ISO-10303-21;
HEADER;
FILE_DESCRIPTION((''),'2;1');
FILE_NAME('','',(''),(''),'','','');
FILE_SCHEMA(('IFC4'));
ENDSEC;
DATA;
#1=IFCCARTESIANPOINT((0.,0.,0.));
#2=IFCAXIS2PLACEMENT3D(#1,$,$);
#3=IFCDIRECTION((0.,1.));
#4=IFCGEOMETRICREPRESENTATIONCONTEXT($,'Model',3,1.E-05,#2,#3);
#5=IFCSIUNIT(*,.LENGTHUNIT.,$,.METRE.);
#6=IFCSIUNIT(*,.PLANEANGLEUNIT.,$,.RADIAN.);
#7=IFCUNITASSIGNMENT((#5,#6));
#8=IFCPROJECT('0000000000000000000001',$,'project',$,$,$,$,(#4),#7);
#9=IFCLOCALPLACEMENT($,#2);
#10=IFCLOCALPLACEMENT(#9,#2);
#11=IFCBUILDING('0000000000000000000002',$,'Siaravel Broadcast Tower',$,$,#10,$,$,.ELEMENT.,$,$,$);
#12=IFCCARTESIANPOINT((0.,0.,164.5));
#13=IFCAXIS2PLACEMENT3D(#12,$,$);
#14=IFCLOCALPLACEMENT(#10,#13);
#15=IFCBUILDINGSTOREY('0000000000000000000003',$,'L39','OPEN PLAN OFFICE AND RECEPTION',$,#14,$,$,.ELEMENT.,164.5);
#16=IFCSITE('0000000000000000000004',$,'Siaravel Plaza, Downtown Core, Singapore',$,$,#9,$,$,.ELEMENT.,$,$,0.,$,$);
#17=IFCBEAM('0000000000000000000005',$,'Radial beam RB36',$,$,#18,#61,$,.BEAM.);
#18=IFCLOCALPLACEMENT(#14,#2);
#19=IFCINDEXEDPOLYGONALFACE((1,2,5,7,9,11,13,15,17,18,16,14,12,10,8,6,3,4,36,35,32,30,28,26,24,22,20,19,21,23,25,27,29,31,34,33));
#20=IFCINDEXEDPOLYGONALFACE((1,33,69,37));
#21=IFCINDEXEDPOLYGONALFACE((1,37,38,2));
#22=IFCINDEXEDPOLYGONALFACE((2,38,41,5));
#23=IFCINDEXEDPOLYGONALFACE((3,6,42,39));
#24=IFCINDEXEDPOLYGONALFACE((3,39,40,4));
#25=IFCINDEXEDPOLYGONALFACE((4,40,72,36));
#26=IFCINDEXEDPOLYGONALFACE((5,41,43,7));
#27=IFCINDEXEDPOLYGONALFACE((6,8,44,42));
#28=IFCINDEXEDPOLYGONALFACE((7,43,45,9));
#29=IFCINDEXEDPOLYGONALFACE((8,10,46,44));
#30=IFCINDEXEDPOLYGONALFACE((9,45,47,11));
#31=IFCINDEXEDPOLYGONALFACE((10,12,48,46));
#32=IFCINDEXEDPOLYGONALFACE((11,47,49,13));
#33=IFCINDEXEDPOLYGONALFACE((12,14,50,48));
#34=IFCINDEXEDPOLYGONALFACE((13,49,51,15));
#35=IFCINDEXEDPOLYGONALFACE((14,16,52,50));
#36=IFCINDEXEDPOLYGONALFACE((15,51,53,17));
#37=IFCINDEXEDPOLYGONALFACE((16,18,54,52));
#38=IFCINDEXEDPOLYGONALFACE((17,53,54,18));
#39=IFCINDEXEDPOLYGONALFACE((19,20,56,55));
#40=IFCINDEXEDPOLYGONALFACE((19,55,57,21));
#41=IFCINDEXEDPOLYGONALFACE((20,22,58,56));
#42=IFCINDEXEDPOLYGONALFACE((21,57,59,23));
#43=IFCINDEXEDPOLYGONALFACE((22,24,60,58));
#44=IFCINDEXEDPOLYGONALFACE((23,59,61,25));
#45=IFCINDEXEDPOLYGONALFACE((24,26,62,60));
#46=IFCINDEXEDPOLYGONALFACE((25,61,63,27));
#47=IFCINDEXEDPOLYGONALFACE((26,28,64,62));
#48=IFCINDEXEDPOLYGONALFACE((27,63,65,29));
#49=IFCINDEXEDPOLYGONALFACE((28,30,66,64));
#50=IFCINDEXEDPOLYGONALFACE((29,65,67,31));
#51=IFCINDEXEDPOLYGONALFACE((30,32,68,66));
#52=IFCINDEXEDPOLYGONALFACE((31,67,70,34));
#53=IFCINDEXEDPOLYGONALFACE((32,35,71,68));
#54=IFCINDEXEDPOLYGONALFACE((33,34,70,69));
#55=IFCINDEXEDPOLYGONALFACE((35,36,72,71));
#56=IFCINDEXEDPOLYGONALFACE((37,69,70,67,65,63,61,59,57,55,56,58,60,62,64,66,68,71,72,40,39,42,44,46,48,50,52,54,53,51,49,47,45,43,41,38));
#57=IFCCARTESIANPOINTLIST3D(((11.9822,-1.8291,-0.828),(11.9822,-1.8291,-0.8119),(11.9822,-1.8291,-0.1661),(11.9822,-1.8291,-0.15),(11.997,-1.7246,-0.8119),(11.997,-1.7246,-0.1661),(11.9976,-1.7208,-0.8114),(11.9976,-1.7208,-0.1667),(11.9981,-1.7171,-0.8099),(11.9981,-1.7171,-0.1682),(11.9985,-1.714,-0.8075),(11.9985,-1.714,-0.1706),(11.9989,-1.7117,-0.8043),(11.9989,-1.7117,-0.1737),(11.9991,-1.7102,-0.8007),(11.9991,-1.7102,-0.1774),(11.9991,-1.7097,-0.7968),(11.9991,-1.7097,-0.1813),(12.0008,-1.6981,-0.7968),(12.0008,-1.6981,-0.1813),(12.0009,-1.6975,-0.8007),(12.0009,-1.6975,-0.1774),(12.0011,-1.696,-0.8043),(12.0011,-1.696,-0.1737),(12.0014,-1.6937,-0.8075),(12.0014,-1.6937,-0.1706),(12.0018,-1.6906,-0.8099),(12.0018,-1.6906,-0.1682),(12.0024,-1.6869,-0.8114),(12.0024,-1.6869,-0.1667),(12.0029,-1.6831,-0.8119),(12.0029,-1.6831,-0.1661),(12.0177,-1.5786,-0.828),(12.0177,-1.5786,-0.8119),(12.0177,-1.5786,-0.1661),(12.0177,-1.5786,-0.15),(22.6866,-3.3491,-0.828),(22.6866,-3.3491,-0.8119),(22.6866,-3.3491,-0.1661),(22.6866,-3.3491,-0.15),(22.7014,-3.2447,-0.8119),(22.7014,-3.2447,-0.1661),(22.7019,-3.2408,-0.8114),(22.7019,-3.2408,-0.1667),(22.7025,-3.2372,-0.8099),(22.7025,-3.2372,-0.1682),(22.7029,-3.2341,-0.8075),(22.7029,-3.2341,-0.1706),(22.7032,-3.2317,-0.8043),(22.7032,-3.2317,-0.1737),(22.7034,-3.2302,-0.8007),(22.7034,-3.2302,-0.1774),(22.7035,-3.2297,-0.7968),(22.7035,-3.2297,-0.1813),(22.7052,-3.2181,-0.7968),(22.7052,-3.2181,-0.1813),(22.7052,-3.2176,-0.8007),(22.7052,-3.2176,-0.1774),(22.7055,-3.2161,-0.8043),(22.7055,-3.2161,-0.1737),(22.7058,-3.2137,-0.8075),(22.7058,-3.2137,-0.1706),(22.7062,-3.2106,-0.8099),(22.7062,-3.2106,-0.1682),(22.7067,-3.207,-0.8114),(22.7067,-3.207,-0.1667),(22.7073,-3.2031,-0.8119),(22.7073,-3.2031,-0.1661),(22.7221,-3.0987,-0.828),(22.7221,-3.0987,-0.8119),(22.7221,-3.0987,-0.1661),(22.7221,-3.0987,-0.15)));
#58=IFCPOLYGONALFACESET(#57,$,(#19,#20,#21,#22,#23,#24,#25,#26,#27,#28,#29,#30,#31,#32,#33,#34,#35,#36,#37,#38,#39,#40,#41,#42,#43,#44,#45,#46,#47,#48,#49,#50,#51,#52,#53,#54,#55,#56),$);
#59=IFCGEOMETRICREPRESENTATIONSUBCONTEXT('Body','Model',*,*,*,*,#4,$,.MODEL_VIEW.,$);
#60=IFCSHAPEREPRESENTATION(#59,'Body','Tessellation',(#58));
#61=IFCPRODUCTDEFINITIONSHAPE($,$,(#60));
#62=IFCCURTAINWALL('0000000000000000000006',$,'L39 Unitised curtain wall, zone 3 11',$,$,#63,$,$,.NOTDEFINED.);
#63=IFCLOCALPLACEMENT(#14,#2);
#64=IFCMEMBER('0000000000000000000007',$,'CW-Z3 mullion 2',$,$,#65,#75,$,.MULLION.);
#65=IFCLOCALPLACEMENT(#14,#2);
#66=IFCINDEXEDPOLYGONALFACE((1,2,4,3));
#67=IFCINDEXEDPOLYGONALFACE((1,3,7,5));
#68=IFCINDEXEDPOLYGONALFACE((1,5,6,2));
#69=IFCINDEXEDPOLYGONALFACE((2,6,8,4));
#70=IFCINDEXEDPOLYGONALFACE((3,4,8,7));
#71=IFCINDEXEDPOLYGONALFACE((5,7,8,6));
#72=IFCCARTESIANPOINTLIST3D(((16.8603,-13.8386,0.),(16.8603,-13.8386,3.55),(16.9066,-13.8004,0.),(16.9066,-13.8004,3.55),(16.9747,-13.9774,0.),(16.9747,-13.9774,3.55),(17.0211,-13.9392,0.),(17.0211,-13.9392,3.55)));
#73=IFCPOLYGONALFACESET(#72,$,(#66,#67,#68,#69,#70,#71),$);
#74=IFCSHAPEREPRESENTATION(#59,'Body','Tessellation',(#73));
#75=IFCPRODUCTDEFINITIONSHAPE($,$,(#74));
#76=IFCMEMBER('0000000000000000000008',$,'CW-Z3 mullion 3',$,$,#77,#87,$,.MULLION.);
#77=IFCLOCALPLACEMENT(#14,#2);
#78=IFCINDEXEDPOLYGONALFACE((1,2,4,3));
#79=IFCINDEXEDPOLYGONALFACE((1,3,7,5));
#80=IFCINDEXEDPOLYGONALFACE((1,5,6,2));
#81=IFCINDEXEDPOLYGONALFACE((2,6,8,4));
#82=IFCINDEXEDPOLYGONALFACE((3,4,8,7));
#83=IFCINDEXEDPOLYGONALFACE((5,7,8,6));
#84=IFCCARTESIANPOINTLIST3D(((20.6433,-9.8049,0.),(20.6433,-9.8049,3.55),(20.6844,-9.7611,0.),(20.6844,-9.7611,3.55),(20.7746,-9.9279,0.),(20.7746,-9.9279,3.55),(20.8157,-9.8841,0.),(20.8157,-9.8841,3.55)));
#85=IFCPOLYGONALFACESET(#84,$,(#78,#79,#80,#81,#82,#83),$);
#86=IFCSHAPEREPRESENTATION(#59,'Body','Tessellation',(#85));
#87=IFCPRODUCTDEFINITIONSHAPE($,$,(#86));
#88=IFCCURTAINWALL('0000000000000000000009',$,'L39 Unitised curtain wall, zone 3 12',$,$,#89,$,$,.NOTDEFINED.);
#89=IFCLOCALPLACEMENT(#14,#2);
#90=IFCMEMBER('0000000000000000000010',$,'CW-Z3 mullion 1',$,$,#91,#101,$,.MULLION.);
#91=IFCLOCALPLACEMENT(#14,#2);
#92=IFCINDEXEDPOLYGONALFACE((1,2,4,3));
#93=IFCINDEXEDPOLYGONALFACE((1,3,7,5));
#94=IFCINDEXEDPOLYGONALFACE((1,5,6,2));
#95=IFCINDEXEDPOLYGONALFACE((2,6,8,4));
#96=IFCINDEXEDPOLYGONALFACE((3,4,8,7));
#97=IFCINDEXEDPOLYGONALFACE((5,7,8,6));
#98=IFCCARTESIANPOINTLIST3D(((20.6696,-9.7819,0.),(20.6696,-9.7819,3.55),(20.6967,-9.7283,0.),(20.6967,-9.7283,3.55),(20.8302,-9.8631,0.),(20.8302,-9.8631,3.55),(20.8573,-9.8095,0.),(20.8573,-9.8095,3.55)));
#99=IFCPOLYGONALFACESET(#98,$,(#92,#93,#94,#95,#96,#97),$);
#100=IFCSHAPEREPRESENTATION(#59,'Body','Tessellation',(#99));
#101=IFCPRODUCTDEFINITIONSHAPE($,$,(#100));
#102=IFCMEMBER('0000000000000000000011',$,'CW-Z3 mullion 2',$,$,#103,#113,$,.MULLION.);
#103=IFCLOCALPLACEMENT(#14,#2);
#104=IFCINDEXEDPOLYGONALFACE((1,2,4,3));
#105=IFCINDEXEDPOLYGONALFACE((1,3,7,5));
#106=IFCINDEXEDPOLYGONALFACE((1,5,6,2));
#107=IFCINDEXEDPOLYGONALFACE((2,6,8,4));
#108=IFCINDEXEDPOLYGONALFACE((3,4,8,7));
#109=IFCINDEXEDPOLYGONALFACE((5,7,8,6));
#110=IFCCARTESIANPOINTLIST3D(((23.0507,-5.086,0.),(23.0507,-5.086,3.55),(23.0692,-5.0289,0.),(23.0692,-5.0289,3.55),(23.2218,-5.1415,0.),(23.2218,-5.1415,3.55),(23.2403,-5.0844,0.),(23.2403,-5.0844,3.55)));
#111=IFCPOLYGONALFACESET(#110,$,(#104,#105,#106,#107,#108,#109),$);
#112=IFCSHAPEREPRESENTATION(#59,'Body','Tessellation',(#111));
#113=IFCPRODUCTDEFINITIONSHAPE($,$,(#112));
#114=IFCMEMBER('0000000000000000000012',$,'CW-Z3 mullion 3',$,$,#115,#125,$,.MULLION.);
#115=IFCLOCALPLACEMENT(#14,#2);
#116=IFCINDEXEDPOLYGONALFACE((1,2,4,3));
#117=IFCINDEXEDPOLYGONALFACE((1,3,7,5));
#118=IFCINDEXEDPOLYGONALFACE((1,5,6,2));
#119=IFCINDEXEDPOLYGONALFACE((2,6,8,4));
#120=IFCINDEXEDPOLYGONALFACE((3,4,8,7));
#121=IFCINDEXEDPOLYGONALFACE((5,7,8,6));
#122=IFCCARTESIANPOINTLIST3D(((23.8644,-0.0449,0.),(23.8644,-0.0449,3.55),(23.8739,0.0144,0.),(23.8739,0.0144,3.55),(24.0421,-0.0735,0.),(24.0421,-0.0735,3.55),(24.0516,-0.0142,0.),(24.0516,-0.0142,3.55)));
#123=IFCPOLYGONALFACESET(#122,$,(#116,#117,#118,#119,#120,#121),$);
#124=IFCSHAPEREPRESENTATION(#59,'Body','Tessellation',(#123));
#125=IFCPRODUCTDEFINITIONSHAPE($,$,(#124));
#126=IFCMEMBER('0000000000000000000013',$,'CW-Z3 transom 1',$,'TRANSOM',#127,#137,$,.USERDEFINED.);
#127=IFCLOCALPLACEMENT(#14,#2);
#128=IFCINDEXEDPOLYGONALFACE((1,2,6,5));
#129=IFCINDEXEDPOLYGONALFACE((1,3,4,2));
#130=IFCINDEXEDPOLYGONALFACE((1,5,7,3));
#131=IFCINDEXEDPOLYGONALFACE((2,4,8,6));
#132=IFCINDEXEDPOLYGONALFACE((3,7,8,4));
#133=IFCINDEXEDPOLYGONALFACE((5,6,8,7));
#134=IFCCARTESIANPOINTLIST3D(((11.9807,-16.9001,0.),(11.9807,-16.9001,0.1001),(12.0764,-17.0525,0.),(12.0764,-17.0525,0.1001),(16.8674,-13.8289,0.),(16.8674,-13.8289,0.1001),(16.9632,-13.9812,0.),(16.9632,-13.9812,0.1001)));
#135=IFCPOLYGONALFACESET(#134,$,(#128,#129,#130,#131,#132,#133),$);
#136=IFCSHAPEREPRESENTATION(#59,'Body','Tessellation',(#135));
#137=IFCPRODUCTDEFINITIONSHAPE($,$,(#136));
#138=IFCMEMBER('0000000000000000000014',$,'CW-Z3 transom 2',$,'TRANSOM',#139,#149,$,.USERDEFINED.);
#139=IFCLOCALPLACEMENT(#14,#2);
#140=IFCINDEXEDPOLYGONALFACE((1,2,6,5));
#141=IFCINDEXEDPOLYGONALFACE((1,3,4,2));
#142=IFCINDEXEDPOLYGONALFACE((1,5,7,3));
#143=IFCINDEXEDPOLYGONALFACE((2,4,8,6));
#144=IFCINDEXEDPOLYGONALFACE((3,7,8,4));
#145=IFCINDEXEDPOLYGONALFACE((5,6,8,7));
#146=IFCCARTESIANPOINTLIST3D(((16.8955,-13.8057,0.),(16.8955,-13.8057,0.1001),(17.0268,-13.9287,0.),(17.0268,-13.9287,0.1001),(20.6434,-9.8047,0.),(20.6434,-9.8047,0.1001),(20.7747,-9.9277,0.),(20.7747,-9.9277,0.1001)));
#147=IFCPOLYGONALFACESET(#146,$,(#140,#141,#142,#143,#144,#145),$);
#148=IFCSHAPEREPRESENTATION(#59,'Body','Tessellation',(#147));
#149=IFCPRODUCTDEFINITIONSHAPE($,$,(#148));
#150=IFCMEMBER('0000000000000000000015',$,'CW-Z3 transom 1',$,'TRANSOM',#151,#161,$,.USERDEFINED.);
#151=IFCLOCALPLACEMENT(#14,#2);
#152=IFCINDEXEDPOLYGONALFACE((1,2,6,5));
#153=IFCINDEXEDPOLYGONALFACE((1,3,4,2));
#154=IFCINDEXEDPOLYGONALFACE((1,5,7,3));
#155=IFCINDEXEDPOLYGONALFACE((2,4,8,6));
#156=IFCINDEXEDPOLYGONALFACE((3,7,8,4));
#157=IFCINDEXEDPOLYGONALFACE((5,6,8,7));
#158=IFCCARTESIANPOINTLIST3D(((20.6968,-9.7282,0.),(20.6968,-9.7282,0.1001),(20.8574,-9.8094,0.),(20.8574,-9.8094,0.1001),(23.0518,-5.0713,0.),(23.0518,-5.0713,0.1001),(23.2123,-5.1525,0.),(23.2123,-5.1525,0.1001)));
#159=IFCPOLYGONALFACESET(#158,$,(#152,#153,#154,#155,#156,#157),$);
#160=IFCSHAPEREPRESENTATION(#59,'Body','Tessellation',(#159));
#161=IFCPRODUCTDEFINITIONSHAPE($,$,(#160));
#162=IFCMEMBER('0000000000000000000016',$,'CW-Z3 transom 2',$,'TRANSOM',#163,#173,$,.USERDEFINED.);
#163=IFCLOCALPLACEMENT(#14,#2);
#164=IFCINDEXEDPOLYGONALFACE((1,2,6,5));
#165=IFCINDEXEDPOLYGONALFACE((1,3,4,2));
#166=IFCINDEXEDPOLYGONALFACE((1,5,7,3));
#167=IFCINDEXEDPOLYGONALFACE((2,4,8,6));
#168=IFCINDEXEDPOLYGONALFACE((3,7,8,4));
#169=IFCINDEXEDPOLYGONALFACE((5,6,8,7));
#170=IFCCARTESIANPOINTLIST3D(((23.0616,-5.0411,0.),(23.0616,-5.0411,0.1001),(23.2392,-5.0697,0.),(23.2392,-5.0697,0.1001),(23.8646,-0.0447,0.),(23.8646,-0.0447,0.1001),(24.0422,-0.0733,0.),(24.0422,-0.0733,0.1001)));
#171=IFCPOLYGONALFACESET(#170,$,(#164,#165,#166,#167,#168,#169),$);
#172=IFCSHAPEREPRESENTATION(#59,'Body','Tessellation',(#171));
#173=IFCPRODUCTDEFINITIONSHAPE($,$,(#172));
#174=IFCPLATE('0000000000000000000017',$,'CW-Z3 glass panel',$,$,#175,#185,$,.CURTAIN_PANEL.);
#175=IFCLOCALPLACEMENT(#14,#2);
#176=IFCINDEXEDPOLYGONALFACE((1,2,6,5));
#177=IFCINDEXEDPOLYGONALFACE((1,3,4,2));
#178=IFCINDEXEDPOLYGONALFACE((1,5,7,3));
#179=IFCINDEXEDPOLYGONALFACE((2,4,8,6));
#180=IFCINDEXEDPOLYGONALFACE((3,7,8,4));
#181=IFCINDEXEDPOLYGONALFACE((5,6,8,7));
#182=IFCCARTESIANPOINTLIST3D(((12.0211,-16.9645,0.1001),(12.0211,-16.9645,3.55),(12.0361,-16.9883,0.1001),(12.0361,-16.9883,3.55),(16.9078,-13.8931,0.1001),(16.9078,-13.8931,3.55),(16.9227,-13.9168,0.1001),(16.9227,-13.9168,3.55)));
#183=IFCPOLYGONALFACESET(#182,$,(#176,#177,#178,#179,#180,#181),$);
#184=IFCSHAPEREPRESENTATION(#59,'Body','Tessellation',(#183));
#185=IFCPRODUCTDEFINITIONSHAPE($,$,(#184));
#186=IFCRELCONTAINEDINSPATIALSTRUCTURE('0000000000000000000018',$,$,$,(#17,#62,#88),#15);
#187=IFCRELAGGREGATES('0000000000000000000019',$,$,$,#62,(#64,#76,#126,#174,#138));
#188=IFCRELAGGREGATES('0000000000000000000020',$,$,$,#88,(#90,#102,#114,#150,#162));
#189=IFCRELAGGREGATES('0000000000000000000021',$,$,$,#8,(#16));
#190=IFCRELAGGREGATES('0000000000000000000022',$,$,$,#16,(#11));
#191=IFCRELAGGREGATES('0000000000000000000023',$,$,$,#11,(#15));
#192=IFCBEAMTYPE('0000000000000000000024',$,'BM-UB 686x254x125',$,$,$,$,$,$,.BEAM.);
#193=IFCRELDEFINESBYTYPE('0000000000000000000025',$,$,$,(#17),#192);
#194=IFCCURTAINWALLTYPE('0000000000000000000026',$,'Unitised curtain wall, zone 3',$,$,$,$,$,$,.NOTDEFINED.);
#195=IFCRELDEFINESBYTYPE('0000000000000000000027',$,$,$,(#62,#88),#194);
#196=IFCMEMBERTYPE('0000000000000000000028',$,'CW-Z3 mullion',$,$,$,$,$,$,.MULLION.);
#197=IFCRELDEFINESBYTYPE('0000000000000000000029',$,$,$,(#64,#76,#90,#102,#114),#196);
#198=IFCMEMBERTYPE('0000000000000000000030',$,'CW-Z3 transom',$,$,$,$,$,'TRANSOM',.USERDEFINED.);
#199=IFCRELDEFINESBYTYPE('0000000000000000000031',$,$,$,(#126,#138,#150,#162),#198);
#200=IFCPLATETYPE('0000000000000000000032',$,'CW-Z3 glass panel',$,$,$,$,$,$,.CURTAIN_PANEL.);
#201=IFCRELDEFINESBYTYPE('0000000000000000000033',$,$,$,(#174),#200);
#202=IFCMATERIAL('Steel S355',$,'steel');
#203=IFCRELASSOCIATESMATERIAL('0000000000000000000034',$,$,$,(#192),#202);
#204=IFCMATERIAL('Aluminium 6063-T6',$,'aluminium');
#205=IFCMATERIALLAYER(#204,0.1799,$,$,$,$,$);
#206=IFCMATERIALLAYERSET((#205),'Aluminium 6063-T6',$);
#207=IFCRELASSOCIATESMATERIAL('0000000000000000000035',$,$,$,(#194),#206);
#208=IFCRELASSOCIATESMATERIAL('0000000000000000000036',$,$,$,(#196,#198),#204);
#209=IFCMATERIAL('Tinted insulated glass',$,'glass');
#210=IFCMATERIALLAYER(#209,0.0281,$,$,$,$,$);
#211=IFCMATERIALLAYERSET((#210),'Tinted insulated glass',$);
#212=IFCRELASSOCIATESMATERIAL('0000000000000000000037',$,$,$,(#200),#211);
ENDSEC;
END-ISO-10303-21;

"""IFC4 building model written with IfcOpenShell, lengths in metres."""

from ifc_helpers import new_model, si_unit, direction, frame, origin, origin_2d, place, context, subcontext, project, spatial, rectangle, i_section, extrude, material, layer, layer_set, material_profile, profile_set, type_object, element, aggregate, save


model = new_model("IFC4")

# Units and contexts
model_context = context("Model", 3, precision=1e-05, world=origin(), true_north=direction((0.0, 1.0)))
body_context = subcontext(model_context, "Body", "Model", "MODEL_VIEW")
ifc_project = project(units=[si_unit("LENGTHUNIT", "METRE"), si_unit("PLANEANGLEUNIT", "RADIAN")], contexts=[model_context])

# Site, building, storey
site_placement = place(None, origin())
site = spatial("IfcSite", under=ifc_project, at=site_placement, Name="Siaravel Plaza, Downtown Core, Singapore", CompositionType="ELEMENT", RefElevation=0.0)
building_placement = place(site_placement, origin())
building = spatial("IfcBuilding", under=site, at=building_placement, Name="Siaravel Broadcast Tower", CompositionType="ELEMENT")
storey_placement = place(building_placement, frame((0.0, 0.0, 164.5)))
storey = spatial("IfcBuildingStorey", under=building, at=storey_placement, Name="L39", Description="OPEN PLAN OFFICE AND RECEPTION", CompositionType="ELEMENT", Elevation=164.5)

# Beam
ifc_material_1 = material(Name="Steel S355", Category="steel")
ifc_material_profile_1 = material_profile(ifc_material_1, i_section(OverallWidth=0.2529, OverallDepth=0.678, WebThickness=0.0117, FlangeThickness=0.0161, FilletRadius=0.0151, at=origin_2d()))
ifc_profile_set_1 = profile_set([ifc_material_profile_1], Name="Steel S355")
beam_type = type_object("IfcBeamType", Name="BM-UB 686x254x125", PredefinedType="BEAM", material=ifc_profile_set_1)
beam_1_placement = place(storey_placement, frame((22.7043, -3.2239, -0.489), z_axis=(-0.990068, 0.14059, 0.0), x_axis=(-0.14059, -0.990068, 0.0)))
element("IfcBeam", 1, at=beam_1_placement, inside=storey, type_object=beam_type, Name="Radial beam RB36", PredefinedType="BEAM", context=body_context, shape_type="SweptSolid", body=[
    extrude(i_section(OverallWidth=0.2529, OverallDepth=0.678, WebThickness=0.0117, FlangeThickness=0.0161, FilletRadius=0.0151, at=origin_2d()), origin(), (0.0, 0.0, 1.0), 10.8118),
])

# Curtain walls, members
ifc_material_2 = material(Name="Aluminium 6063-T6", Category="aluminium")
ifc_layer_1 = layer(ifc_material_2, 0.1799)
ifc_layer_set_1 = layer_set([ifc_layer_1], Name="Aluminium 6063-T6")
curtain_wall_type = type_object("IfcCurtainWallType", Name="Unitised curtain wall, zone 3", PredefinedType="NOTDEFINED", material=ifc_layer_set_1)
curtain_wall_1_placement = place(storey_placement, origin())
curtain_wall_1 = element("IfcCurtainWall", 2, at=curtain_wall_1_placement, inside=storey, type_object=curtain_wall_type, Name="L39 Unitised curtain wall, zone 3 11", PredefinedType="NOTDEFINED")
ifc_material_profile_2 = material_profile(ifc_material_2, rectangle(XDim=0.1799, YDim=0.0601, at=origin_2d()))
ifc_profile_set_2 = profile_set([ifc_material_profile_2], Name="Aluminium 6063-T6")
member_type_1 = type_object("IfcMemberType", Name="CW-Z3 mullion", PredefinedType="MULLION", material=ifc_profile_set_2)
member_1_placement = place(storey_placement, frame((16.9407, -13.8889, 0.0), z_axis=(0.0, 0.0, 1.0), x_axis=(-0.63622, 0.771508, 0.0)))
member_1 = element("IfcMember", 3, at=member_1_placement, type_object=member_type_1, Name="CW-Z3 mullion 2", PredefinedType="MULLION", context=body_context, shape_type="SweptSolid", body=[
    extrude(rectangle(XDim=0.1799, YDim=0.0601, at=origin_2d()), origin(), (0.0, 0.0, 1.0), 3.55),
])
member_2_placement = place(storey_placement, frame((20.7295, -9.8445, 0.0), z_axis=(0.0, 0.0, 1.0), x_axis=(-0.729806, 0.683654, 0.0)))
member_2 = element("IfcMember", 4, at=member_2_placement, type_object=member_type_1, Name="CW-Z3 mullion 3", PredefinedType="MULLION", context=body_context, shape_type="SweptSolid", body=[
    extrude(rectangle(XDim=0.1799, YDim=0.0601, at=origin_2d()), origin(), (0.0, 0.0, 1.0), 3.55),
])
curtain_wall_2_placement = place(storey_placement, origin())
curtain_wall_2 = element("IfcCurtainWall", 5, at=curtain_wall_2_placement, inside=storey, type_object=curtain_wall_type, Name="L39 Unitised curtain wall, zone 3 12", PredefinedType="NOTDEFINED")
member_3_placement = place(storey_placement, frame((20.7634, -9.7957, 0.0), z_axis=(0.0, 0.0, 1.0), x_axis=(-0.892393, 0.45126, 0.0)))
member_3 = element("IfcMember", 6, at=member_3_placement, type_object=member_type_1, Name="CW-Z3 mullion 1", PredefinedType="MULLION", context=body_context, shape_type="SweptSolid", body=[
    extrude(rectangle(XDim=0.1799, YDim=0.0601, at=origin_2d()), origin(), (0.0, 0.0, 1.0), 3.55),
])
member_4_placement = place(storey_placement, frame((23.1455, -5.0852, 0.0), z_axis=(0.0, 0.0, 1.0), x_axis=(-0.951177, 0.308645, 0.0)))
member_4 = element("IfcMember", 7, at=member_4_placement, type_object=member_type_1, Name="CW-Z3 mullion 2", PredefinedType="MULLION", context=body_context, shape_type="SweptSolid", body=[
    extrude(rectangle(XDim=0.1799, YDim=0.0601, at=origin_2d()), origin(), (0.0, 0.0, 1.0), 3.55),
])
member_5_placement = place(storey_placement, frame((23.958, -0.0295, 0.0), z_axis=(0.0, 0.0, 1.0), x_axis=(-0.987329, 0.158685, 0.0)))
member_5 = element("IfcMember", 8, at=member_5_placement, type_object=member_type_1, Name="CW-Z3 mullion 3", PredefinedType="MULLION", context=body_context, shape_type="SweptSolid", body=[
    extrude(rectangle(XDim=0.1799, YDim=0.0601, at=origin_2d()), origin(), (0.0, 0.0, 1.0), 3.55),
])

# Members
ifc_material_profile_3 = material_profile(ifc_material_2, rectangle(XDim=0.1799, YDim=0.1001, at=origin_2d()))
ifc_profile_set_3 = profile_set([ifc_material_profile_3], Name="Aluminium 6063-T6")
member_type_2 = type_object("IfcMemberType", Name="CW-Z3 transom", ElementType="TRANSOM", PredefinedType="USERDEFINED", material=ifc_profile_set_3)
member_6_placement = place(storey_placement, frame((12.0286, -16.9763, 0.05), z_axis=(0.846665, 0.532126, 0.0), x_axis=(-0.532126, 0.846665, 0.0)))
member_6 = element("IfcMember", 9, at=member_6_placement, type_object=member_type_2, Name="CW-Z3 transom 1", ObjectType="TRANSOM", PredefinedType="USERDEFINED", context=body_context, shape_type="SweptSolid", body=[
    extrude(rectangle(XDim=0.1799, YDim=0.1001, at=origin_2d()), origin(), (0.0, 0.0, 1.0), 5.7717),
])
member_7_placement = place(storey_placement, frame((16.9612, -13.8672, 0.05), z_axis=(0.683639, 0.72982, 0.0), x_axis=(-0.72982, 0.683639, 0.0)))
member_7 = element("IfcMember", 10, at=member_7_placement, type_object=member_type_2, Name="CW-Z3 transom 2", ObjectType="TRANSOM", PredefinedType="USERDEFINED", context=body_context, shape_type="SweptSolid", body=[
    extrude(rectangle(XDim=0.1799, YDim=0.1001, at=origin_2d()), origin(), (0.0, 0.0, 1.0), 5.4822),
])
member_8_placement = place(storey_placement, frame((20.7771, -9.7688, 0.05), z_axis=(0.45127, 0.892388, 0.0), x_axis=(-0.892388, 0.45127, 0.0)))
member_8 = element("IfcMember", 11, at=member_8_placement, type_object=member_type_2, Name="CW-Z3 transom 1", ObjectType="TRANSOM", PredefinedType="USERDEFINED", context=body_context, shape_type="SweptSolid", body=[
    extrude(rectangle(XDim=0.1799, YDim=0.1001, at=origin_2d()), origin(), (0.0, 0.0, 1.0), 5.2185),
])
member_9_placement = place(storey_placement, frame((23.1504, -5.0554, 0.05), z_axis=(0.158677, 0.987331, 0.0), x_axis=(-0.987331, 0.158677, 0.0)))
member_9 = element("IfcMember", 12, at=member_9_placement, type_object=member_type_2, Name="CW-Z3 transom 2", ObjectType="TRANSOM", PredefinedType="USERDEFINED", context=body_context, shape_type="SweptSolid", body=[
    extrude(rectangle(XDim=0.1799, YDim=0.1001, at=origin_2d()), origin(), (0.0, 0.0, 1.0), 5.0605),
])

# Plate
ifc_material_3 = material(Name="Tinted insulated glass", Category="glass")
ifc_layer_2 = layer(ifc_material_3, 0.0281)
ifc_layer_set_2 = layer_set([ifc_layer_2], Name="Tinted insulated glass")
plate_type = type_object("IfcPlateType", Name="CW-Z3 glass panel", PredefinedType="CURTAIN_PANEL", material=ifc_layer_set_2)
plate_1_placement = place(storey_placement, frame((14.4719, -15.4407, 0.1001), z_axis=(0.0, 0.0, 1.0), x_axis=(0.84665, 0.53215, 0.0)))
plate_1 = element("IfcPlate", 13, at=plate_1_placement, type_object=plate_type, Name="CW-Z3 glass panel", PredefinedType="CURTAIN_PANEL", context=body_context, shape_type="SweptSolid", body=[
    extrude(rectangle(XDim=5.7717, YDim=0.0281, at=origin_2d()), origin(), (0.0, 0.0, 1.0), 3.45),
])
aggregate(curtain_wall_1, [member_1, member_2, member_6, plate_1, member_7])
aggregate(curtain_wall_2, [member_3, member_4, member_5, member_8, member_9])

save(model, "model.ifc")
